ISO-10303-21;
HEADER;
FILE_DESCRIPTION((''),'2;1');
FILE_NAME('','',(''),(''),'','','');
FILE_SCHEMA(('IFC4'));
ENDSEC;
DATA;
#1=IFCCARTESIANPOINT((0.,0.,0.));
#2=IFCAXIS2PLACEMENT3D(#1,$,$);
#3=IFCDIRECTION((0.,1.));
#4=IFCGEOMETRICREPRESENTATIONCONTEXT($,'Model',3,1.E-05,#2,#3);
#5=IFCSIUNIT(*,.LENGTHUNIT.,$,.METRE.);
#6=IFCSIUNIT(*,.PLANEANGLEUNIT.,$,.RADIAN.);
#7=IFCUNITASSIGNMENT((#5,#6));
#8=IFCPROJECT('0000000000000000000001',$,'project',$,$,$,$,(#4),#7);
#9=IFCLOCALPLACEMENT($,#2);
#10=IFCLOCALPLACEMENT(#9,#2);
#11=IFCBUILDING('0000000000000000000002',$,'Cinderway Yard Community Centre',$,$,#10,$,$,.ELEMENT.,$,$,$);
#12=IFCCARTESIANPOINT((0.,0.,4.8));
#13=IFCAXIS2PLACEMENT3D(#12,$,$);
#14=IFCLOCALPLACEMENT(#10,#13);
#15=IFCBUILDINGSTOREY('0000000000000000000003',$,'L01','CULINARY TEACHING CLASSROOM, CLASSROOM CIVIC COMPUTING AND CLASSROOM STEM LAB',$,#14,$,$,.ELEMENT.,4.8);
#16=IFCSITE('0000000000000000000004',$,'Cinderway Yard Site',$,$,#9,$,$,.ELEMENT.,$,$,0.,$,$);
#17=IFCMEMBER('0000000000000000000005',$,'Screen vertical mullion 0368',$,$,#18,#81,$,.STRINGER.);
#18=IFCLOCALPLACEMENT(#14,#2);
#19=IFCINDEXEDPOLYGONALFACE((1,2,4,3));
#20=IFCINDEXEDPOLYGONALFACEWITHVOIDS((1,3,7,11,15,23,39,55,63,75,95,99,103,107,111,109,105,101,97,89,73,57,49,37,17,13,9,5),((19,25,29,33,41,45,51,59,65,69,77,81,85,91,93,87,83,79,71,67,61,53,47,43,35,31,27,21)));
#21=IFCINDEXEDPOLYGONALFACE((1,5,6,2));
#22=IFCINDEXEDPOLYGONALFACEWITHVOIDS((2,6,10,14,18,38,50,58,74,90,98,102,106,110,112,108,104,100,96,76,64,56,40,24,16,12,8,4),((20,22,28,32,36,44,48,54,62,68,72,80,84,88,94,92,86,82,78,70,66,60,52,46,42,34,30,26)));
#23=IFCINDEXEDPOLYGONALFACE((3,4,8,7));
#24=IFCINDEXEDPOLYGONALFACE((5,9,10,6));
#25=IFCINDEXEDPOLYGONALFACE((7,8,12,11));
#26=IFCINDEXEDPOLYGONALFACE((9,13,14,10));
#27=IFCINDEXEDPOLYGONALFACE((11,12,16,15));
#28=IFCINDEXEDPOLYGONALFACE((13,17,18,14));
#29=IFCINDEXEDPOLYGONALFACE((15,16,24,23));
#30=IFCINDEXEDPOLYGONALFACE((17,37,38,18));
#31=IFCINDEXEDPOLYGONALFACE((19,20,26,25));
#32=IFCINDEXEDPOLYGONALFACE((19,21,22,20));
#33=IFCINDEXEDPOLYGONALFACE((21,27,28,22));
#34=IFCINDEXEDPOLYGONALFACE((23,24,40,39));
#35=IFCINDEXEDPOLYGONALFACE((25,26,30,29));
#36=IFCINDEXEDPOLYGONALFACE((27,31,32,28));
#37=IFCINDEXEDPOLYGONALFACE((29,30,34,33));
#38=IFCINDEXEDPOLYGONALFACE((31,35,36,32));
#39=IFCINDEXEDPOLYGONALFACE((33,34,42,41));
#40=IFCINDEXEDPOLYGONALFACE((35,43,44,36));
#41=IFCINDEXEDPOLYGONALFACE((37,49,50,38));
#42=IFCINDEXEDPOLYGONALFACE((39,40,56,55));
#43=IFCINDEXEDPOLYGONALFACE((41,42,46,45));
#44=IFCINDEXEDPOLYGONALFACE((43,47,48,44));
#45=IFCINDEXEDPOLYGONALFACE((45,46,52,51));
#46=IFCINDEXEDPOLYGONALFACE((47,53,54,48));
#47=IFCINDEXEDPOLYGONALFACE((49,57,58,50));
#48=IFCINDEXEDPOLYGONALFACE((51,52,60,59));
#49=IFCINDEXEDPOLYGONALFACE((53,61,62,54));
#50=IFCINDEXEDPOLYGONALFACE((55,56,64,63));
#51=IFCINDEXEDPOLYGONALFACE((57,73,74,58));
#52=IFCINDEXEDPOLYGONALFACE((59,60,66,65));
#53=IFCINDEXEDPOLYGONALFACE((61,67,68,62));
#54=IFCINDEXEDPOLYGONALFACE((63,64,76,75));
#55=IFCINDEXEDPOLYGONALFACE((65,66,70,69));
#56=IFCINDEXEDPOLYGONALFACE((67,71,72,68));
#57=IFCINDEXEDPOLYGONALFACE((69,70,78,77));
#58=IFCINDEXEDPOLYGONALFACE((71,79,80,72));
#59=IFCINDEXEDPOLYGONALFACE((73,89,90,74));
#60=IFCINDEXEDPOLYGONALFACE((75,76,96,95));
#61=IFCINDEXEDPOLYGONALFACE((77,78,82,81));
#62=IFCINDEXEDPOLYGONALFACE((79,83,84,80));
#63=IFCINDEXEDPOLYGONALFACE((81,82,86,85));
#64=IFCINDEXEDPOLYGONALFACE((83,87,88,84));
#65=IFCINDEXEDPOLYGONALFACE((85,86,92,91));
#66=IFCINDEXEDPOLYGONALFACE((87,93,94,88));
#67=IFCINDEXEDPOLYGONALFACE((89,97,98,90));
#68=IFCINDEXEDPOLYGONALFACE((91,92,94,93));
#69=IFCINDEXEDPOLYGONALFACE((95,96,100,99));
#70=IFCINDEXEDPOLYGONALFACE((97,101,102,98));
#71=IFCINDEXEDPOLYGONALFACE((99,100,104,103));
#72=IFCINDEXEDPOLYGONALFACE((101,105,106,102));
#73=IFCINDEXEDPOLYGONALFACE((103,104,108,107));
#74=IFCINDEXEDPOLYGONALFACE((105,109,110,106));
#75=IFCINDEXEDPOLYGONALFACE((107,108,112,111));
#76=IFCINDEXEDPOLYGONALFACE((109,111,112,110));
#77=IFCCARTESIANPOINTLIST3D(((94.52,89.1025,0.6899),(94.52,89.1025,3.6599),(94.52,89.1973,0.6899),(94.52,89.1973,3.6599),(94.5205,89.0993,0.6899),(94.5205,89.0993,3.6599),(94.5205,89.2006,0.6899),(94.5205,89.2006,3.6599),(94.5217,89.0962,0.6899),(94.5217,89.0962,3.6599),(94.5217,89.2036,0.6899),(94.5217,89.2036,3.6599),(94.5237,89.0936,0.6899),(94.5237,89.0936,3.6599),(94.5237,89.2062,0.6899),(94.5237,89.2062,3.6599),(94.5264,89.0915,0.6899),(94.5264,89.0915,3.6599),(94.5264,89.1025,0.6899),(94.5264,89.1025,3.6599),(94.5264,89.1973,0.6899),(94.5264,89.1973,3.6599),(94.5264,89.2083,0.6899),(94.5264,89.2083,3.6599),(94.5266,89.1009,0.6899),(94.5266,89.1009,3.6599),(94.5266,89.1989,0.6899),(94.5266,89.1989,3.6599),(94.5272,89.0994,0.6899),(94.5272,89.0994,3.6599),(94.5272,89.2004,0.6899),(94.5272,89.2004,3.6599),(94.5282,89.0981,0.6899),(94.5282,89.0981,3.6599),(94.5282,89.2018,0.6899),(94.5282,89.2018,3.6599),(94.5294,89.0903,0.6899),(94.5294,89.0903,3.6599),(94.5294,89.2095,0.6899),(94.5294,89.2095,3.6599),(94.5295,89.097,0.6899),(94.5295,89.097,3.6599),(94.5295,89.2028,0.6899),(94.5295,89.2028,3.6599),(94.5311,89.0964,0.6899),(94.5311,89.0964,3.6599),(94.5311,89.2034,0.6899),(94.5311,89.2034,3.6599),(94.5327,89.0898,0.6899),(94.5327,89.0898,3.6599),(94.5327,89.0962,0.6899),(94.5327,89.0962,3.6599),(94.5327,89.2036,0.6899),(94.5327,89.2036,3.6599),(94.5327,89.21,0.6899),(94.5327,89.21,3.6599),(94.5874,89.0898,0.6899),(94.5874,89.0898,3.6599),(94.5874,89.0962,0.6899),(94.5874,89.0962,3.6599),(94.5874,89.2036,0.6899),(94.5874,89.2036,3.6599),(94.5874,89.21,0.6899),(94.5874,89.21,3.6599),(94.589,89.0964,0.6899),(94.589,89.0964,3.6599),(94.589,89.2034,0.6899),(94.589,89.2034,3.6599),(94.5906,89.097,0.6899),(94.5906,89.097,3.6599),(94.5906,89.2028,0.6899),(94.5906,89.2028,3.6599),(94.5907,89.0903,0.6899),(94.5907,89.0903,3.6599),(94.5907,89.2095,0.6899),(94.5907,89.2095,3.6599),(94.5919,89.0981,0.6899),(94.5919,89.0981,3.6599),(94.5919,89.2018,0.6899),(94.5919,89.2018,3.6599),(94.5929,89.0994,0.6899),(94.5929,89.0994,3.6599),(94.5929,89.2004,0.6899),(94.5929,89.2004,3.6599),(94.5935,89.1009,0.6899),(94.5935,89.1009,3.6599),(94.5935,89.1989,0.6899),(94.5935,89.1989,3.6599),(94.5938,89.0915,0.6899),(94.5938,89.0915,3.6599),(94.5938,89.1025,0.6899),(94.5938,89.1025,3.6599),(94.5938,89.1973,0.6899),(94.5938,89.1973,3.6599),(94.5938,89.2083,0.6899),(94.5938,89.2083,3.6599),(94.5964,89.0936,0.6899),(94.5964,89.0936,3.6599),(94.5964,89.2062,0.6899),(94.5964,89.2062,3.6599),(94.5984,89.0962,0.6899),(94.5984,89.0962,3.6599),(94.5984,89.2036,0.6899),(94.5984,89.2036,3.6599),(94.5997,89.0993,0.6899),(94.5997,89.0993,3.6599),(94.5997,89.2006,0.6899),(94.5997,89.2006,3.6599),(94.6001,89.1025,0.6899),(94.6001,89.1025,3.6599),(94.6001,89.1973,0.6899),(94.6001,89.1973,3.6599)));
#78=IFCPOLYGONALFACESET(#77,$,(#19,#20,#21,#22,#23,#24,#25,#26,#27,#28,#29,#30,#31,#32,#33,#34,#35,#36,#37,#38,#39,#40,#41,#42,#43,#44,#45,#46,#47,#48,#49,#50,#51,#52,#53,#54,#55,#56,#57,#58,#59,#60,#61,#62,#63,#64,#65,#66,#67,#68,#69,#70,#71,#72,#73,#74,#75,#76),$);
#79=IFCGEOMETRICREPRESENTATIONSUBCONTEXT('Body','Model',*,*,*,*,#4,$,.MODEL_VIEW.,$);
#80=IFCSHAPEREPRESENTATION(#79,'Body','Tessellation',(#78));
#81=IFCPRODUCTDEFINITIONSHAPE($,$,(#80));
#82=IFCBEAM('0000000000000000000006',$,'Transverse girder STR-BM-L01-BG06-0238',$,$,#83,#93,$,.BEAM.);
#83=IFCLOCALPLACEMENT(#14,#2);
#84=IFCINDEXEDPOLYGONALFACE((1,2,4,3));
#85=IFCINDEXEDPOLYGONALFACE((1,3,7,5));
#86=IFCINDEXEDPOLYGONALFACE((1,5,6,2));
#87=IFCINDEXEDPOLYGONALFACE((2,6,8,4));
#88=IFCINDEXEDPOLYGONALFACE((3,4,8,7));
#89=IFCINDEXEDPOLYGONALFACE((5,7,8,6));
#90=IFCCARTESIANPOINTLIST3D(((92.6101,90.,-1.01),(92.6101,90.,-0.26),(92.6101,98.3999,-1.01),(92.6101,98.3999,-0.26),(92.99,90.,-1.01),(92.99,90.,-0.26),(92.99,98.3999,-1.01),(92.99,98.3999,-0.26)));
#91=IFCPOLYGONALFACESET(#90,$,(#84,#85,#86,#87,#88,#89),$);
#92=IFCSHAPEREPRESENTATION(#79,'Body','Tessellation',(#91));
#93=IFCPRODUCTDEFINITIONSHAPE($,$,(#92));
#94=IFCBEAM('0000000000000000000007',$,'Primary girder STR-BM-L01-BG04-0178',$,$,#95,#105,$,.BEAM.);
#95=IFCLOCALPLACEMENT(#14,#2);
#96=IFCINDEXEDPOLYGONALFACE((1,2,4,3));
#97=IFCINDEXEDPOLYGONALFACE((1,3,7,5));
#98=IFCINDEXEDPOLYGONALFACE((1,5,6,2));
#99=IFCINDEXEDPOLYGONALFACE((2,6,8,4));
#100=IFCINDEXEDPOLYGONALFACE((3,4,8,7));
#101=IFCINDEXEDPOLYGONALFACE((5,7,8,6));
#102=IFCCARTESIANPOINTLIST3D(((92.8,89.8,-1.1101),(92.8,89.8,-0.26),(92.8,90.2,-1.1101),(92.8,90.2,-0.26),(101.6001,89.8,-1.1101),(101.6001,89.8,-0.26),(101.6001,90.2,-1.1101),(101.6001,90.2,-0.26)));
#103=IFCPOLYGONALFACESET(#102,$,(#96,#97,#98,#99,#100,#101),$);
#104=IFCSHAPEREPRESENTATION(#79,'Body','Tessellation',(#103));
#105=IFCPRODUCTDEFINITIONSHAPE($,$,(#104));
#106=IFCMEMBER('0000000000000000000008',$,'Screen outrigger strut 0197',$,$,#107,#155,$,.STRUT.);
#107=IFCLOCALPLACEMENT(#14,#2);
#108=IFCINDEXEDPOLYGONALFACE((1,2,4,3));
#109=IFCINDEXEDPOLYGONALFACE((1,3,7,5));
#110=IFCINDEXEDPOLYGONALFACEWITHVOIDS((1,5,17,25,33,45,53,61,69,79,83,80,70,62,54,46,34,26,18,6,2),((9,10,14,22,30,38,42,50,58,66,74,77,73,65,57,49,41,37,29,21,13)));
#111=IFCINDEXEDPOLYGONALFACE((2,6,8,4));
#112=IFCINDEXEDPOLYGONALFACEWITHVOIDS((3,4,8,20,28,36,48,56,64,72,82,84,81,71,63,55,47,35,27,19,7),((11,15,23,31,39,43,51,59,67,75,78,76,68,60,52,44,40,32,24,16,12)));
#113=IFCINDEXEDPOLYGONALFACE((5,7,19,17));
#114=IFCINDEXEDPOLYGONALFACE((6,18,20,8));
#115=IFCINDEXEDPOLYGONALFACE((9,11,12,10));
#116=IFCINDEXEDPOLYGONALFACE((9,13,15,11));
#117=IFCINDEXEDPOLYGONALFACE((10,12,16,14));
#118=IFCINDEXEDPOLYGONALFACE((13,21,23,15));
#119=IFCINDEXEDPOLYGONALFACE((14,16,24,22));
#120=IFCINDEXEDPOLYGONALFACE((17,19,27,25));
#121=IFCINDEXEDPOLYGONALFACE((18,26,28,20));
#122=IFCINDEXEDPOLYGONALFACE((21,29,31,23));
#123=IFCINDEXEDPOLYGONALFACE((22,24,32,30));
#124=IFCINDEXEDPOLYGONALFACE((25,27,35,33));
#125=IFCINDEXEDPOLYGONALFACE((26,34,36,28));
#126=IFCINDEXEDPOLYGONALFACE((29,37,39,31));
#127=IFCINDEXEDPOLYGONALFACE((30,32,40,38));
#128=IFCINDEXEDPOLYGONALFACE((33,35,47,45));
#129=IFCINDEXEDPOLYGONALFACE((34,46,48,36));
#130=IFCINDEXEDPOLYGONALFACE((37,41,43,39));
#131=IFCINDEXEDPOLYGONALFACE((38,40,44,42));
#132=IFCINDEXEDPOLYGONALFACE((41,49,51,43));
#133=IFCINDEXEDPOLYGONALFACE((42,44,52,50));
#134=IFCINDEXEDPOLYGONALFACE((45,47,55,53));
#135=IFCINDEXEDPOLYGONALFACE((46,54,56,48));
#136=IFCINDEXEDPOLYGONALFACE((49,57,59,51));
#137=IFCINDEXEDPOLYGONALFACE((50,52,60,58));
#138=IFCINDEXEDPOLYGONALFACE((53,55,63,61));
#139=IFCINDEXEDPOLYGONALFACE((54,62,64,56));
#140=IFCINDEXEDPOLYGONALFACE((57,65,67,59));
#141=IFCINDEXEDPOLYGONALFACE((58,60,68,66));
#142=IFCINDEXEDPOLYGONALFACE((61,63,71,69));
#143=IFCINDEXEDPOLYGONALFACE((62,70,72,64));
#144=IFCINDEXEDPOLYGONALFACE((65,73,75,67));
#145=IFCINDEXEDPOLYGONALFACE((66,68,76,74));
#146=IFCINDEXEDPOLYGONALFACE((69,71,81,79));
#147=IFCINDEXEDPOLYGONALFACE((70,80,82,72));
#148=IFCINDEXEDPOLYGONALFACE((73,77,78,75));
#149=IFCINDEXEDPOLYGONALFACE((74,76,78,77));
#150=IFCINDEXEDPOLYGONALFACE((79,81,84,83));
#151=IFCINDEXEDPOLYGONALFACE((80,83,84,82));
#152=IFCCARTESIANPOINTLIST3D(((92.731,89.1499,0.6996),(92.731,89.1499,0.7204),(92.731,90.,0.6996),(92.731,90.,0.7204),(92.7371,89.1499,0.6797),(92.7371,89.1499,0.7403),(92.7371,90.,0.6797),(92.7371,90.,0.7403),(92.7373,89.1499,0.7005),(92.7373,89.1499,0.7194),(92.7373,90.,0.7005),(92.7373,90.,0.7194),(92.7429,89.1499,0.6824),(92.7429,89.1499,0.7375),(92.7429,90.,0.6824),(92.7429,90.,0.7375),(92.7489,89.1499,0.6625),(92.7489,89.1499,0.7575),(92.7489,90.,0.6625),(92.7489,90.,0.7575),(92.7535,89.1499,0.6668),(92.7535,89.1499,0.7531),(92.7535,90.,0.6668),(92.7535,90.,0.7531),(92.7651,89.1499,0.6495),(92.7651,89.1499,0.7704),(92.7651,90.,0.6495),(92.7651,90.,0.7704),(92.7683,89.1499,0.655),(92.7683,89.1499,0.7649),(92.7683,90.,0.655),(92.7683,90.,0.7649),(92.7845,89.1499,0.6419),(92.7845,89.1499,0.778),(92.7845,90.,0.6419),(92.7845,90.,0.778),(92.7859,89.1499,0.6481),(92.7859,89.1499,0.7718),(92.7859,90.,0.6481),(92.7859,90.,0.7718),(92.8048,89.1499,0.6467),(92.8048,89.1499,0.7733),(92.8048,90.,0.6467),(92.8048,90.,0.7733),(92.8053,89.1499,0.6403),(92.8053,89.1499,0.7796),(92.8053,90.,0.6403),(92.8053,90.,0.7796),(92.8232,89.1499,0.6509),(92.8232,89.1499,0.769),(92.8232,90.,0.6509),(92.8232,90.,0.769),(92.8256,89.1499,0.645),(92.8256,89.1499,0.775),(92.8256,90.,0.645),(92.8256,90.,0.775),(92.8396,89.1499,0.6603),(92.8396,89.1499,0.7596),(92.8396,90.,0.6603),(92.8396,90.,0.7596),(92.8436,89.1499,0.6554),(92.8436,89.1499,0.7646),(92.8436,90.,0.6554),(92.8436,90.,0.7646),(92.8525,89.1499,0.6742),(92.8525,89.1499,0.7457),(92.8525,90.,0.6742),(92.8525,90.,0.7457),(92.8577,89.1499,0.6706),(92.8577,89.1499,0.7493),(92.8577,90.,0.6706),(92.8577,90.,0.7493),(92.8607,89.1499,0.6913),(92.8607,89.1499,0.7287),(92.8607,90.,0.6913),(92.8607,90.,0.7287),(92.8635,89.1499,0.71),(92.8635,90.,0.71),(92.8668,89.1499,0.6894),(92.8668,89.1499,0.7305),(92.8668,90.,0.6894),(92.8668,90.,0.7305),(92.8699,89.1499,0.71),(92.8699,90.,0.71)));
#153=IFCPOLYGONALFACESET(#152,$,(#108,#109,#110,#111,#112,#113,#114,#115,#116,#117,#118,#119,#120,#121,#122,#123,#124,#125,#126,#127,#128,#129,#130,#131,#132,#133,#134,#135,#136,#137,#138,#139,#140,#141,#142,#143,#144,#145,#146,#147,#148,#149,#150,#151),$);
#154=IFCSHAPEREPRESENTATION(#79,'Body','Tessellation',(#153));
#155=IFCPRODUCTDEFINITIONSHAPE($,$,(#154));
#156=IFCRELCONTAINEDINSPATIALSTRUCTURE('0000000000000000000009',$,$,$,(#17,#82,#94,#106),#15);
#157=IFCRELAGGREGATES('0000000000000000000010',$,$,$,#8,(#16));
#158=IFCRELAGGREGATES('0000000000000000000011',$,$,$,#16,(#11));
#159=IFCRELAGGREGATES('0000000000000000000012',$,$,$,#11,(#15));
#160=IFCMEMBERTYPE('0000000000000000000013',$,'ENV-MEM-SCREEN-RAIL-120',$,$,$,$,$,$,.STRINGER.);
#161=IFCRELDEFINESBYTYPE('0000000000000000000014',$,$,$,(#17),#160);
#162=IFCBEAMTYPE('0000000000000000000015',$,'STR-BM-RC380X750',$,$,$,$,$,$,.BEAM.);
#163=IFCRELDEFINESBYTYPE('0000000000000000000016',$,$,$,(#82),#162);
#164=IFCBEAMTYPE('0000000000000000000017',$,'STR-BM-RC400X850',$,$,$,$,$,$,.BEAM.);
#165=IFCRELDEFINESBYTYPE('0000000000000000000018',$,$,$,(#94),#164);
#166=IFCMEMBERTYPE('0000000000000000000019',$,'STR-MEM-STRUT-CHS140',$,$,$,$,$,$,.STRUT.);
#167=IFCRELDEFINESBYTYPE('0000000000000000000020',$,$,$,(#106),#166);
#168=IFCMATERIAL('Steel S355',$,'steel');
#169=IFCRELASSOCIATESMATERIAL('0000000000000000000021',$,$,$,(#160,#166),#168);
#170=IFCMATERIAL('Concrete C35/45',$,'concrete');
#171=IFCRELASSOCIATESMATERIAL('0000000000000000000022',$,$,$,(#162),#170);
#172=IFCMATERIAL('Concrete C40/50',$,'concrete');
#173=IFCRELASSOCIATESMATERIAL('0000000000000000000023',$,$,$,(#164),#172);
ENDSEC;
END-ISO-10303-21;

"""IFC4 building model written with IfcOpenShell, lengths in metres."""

from ifc_helpers import new_model, si_unit, direction, frame, origin, origin_2d, place, context, subcontext, project, spatial, rectangle, hollow_rectangle, hollow_circle, extrude, material, material_profile, profile_set, type_object, element, save


model = new_model("IFC4")

# Units and contexts
model_context = context("Model", 3, precision=1e-05, world=origin(), true_north=direction((0.0, 1.0)))
body_context = subcontext(model_context, "Body", "Model", "MODEL_VIEW")
ifc_project = project(units=[si_unit("LENGTHUNIT", "METRE"), si_unit("PLANEANGLEUNIT", "RADIAN")], contexts=[model_context])

# Site, building, storey
site_placement = place(None, origin())
site = spatial("IfcSite", under=ifc_project, at=site_placement, Name="Cinderway Yard Site", CompositionType="ELEMENT", RefElevation=0.0)
building_placement = place(site_placement, origin())
building = spatial("IfcBuilding", under=site, at=building_placement, Name="Cinderway Yard Community Centre", CompositionType="ELEMENT")
storey_placement = place(building_placement, frame((0.0, 0.0, 4.8)))
storey = spatial("IfcBuildingStorey", under=building, at=storey_placement, Name="L01", Description="CULINARY TEACHING CLASSROOM, CLASSROOM CIVIC COMPUTING AND CLASSROOM STEM LAB", CompositionType="ELEMENT", Elevation=4.8)

# Shared definitions
ifc_material_1 = material(Name="Concrete C40/50", Category="concrete")

# Member
ifc_material_2 = material(Name="Steel S355", Category="steel")
ifc_material_profile_1 = material_profile(ifc_material_2, hollow_rectangle(XDim=0.0801, YDim=0.1201, WallThickness=0.0063, InnerFilletRadius=0.0063, OuterFilletRadius=0.0127, at=origin_2d()), Name="Steel S355")
ifc_profile_set_1 = profile_set([ifc_material_profile_1], Name="Steel S355")
member_type_1 = type_object("IfcMemberType", Name="ENV-MEM-SCREEN-RAIL-120", PredefinedType="STRINGER", material=ifc_profile_set_1)
member_1_placement = place(storey_placement, frame((94.5601, 89.1499, 0.6899), z_axis=(0.0, 0.0, 1.0), x_axis=(1.0, 0.0, 0.0)))
element("IfcMember", 1, at=member_1_placement, inside=storey, type_object=member_type_1, Name="Screen vertical mullion 0368", PredefinedType="STRINGER", context=body_context, shape_type="SweptSolid", body=[
    extrude(hollow_rectangle(XDim=0.0801, YDim=0.1201, WallThickness=0.0063, InnerFilletRadius=0.0063, OuterFilletRadius=0.0127, at=origin_2d()), origin(), (0.0, 0.0, 1.0), 2.97),
])

# Beams
ifc_material_3 = material(Name="Concrete C35/45", Category="concrete")
ifc_material_profile_2 = material_profile(ifc_material_3, rectangle(XDim=0.3799, YDim=0.75, at=origin_2d()), Name="Concrete C35/45")
ifc_profile_set_2 = profile_set([ifc_material_profile_2], Name="Concrete C35/45")
beam_type_1 = type_object("IfcBeamType", Name="STR-BM-RC380X750", PredefinedType="BEAM", material=ifc_profile_set_2)
beam_1_placement = place(storey_placement, frame((92.8, 90.0, -0.635), z_axis=(0.0, 1.0, 0.0), x_axis=(-1.0, 0.0, 0.0)))
element("IfcBeam", 2, at=beam_1_placement, inside=storey, type_object=beam_type_1, Name="Transverse girder STR-BM-L01-BG06-0238", PredefinedType="BEAM", context=body_context, shape_type="SweptSolid", body=[
    extrude(rectangle(XDim=0.3799, YDim=0.75, at=origin_2d()), origin(), (0.0, 0.0, 1.0), 8.3999),
])
ifc_material_profile_3 = material_profile(ifc_material_1, rectangle(XDim=0.3999, YDim=0.8501, at=origin_2d()), Name="Concrete C40/50")
ifc_profile_set_3 = profile_set([ifc_material_profile_3], Name="Concrete C40/50")
beam_type_2 = type_object("IfcBeamType", Name="STR-BM-RC400X850", PredefinedType="BEAM", material=ifc_profile_set_3)
beam_2_placement = place(storey_placement, frame((92.8, 90.0, -0.6851), z_axis=(1.0, 0.0, 0.0), x_axis=(0.0, 1.0, 0.0)))
element("IfcBeam", 3, at=beam_2_placement, inside=storey, type_object=beam_type_2, Name="Primary girder STR-BM-L01-BG04-0178", PredefinedType="BEAM", context=body_context, shape_type="SweptSolid", body=[
    extrude(rectangle(XDim=0.3999, YDim=0.8501, at=origin_2d()), origin(), (0.0, 0.0, 1.0), 8.8),
])

# Member
ifc_material_profile_4 = material_profile(ifc_material_2, hollow_circle(Radius=0.0698, WallThickness=0.0063, at=origin_2d()), Name="Steel S355")
ifc_profile_set_4 = profile_set([ifc_material_profile_4], Name="Steel S355")
member_type_2 = type_object("IfcMemberType", Name="STR-MEM-STRUT-CHS140", PredefinedType="STRUT", material=ifc_profile_set_4)
for number, where, z_axis, x_axis, name in (
    (4, (92.8, 90.0, 0.71), (0.0, -1.0, 0.0), (1.0, 0.0, 0.0), "Screen outrigger strut 0197"),
):
    element("IfcMember", number, at=place(storey_placement, frame(where, z_axis=z_axis, x_axis=x_axis)), inside=storey, type_object=member_type_2, Name=name, PredefinedType="STRUT", context=body_context, shape_type="SweptSolid", body=[
        extrude(hollow_circle(Radius=0.0698, WallThickness=0.0063, at=origin_2d()), origin(), (0.0, 0.0, 1.0), 0.8501),
    ])

save(model, "model.ifc")
